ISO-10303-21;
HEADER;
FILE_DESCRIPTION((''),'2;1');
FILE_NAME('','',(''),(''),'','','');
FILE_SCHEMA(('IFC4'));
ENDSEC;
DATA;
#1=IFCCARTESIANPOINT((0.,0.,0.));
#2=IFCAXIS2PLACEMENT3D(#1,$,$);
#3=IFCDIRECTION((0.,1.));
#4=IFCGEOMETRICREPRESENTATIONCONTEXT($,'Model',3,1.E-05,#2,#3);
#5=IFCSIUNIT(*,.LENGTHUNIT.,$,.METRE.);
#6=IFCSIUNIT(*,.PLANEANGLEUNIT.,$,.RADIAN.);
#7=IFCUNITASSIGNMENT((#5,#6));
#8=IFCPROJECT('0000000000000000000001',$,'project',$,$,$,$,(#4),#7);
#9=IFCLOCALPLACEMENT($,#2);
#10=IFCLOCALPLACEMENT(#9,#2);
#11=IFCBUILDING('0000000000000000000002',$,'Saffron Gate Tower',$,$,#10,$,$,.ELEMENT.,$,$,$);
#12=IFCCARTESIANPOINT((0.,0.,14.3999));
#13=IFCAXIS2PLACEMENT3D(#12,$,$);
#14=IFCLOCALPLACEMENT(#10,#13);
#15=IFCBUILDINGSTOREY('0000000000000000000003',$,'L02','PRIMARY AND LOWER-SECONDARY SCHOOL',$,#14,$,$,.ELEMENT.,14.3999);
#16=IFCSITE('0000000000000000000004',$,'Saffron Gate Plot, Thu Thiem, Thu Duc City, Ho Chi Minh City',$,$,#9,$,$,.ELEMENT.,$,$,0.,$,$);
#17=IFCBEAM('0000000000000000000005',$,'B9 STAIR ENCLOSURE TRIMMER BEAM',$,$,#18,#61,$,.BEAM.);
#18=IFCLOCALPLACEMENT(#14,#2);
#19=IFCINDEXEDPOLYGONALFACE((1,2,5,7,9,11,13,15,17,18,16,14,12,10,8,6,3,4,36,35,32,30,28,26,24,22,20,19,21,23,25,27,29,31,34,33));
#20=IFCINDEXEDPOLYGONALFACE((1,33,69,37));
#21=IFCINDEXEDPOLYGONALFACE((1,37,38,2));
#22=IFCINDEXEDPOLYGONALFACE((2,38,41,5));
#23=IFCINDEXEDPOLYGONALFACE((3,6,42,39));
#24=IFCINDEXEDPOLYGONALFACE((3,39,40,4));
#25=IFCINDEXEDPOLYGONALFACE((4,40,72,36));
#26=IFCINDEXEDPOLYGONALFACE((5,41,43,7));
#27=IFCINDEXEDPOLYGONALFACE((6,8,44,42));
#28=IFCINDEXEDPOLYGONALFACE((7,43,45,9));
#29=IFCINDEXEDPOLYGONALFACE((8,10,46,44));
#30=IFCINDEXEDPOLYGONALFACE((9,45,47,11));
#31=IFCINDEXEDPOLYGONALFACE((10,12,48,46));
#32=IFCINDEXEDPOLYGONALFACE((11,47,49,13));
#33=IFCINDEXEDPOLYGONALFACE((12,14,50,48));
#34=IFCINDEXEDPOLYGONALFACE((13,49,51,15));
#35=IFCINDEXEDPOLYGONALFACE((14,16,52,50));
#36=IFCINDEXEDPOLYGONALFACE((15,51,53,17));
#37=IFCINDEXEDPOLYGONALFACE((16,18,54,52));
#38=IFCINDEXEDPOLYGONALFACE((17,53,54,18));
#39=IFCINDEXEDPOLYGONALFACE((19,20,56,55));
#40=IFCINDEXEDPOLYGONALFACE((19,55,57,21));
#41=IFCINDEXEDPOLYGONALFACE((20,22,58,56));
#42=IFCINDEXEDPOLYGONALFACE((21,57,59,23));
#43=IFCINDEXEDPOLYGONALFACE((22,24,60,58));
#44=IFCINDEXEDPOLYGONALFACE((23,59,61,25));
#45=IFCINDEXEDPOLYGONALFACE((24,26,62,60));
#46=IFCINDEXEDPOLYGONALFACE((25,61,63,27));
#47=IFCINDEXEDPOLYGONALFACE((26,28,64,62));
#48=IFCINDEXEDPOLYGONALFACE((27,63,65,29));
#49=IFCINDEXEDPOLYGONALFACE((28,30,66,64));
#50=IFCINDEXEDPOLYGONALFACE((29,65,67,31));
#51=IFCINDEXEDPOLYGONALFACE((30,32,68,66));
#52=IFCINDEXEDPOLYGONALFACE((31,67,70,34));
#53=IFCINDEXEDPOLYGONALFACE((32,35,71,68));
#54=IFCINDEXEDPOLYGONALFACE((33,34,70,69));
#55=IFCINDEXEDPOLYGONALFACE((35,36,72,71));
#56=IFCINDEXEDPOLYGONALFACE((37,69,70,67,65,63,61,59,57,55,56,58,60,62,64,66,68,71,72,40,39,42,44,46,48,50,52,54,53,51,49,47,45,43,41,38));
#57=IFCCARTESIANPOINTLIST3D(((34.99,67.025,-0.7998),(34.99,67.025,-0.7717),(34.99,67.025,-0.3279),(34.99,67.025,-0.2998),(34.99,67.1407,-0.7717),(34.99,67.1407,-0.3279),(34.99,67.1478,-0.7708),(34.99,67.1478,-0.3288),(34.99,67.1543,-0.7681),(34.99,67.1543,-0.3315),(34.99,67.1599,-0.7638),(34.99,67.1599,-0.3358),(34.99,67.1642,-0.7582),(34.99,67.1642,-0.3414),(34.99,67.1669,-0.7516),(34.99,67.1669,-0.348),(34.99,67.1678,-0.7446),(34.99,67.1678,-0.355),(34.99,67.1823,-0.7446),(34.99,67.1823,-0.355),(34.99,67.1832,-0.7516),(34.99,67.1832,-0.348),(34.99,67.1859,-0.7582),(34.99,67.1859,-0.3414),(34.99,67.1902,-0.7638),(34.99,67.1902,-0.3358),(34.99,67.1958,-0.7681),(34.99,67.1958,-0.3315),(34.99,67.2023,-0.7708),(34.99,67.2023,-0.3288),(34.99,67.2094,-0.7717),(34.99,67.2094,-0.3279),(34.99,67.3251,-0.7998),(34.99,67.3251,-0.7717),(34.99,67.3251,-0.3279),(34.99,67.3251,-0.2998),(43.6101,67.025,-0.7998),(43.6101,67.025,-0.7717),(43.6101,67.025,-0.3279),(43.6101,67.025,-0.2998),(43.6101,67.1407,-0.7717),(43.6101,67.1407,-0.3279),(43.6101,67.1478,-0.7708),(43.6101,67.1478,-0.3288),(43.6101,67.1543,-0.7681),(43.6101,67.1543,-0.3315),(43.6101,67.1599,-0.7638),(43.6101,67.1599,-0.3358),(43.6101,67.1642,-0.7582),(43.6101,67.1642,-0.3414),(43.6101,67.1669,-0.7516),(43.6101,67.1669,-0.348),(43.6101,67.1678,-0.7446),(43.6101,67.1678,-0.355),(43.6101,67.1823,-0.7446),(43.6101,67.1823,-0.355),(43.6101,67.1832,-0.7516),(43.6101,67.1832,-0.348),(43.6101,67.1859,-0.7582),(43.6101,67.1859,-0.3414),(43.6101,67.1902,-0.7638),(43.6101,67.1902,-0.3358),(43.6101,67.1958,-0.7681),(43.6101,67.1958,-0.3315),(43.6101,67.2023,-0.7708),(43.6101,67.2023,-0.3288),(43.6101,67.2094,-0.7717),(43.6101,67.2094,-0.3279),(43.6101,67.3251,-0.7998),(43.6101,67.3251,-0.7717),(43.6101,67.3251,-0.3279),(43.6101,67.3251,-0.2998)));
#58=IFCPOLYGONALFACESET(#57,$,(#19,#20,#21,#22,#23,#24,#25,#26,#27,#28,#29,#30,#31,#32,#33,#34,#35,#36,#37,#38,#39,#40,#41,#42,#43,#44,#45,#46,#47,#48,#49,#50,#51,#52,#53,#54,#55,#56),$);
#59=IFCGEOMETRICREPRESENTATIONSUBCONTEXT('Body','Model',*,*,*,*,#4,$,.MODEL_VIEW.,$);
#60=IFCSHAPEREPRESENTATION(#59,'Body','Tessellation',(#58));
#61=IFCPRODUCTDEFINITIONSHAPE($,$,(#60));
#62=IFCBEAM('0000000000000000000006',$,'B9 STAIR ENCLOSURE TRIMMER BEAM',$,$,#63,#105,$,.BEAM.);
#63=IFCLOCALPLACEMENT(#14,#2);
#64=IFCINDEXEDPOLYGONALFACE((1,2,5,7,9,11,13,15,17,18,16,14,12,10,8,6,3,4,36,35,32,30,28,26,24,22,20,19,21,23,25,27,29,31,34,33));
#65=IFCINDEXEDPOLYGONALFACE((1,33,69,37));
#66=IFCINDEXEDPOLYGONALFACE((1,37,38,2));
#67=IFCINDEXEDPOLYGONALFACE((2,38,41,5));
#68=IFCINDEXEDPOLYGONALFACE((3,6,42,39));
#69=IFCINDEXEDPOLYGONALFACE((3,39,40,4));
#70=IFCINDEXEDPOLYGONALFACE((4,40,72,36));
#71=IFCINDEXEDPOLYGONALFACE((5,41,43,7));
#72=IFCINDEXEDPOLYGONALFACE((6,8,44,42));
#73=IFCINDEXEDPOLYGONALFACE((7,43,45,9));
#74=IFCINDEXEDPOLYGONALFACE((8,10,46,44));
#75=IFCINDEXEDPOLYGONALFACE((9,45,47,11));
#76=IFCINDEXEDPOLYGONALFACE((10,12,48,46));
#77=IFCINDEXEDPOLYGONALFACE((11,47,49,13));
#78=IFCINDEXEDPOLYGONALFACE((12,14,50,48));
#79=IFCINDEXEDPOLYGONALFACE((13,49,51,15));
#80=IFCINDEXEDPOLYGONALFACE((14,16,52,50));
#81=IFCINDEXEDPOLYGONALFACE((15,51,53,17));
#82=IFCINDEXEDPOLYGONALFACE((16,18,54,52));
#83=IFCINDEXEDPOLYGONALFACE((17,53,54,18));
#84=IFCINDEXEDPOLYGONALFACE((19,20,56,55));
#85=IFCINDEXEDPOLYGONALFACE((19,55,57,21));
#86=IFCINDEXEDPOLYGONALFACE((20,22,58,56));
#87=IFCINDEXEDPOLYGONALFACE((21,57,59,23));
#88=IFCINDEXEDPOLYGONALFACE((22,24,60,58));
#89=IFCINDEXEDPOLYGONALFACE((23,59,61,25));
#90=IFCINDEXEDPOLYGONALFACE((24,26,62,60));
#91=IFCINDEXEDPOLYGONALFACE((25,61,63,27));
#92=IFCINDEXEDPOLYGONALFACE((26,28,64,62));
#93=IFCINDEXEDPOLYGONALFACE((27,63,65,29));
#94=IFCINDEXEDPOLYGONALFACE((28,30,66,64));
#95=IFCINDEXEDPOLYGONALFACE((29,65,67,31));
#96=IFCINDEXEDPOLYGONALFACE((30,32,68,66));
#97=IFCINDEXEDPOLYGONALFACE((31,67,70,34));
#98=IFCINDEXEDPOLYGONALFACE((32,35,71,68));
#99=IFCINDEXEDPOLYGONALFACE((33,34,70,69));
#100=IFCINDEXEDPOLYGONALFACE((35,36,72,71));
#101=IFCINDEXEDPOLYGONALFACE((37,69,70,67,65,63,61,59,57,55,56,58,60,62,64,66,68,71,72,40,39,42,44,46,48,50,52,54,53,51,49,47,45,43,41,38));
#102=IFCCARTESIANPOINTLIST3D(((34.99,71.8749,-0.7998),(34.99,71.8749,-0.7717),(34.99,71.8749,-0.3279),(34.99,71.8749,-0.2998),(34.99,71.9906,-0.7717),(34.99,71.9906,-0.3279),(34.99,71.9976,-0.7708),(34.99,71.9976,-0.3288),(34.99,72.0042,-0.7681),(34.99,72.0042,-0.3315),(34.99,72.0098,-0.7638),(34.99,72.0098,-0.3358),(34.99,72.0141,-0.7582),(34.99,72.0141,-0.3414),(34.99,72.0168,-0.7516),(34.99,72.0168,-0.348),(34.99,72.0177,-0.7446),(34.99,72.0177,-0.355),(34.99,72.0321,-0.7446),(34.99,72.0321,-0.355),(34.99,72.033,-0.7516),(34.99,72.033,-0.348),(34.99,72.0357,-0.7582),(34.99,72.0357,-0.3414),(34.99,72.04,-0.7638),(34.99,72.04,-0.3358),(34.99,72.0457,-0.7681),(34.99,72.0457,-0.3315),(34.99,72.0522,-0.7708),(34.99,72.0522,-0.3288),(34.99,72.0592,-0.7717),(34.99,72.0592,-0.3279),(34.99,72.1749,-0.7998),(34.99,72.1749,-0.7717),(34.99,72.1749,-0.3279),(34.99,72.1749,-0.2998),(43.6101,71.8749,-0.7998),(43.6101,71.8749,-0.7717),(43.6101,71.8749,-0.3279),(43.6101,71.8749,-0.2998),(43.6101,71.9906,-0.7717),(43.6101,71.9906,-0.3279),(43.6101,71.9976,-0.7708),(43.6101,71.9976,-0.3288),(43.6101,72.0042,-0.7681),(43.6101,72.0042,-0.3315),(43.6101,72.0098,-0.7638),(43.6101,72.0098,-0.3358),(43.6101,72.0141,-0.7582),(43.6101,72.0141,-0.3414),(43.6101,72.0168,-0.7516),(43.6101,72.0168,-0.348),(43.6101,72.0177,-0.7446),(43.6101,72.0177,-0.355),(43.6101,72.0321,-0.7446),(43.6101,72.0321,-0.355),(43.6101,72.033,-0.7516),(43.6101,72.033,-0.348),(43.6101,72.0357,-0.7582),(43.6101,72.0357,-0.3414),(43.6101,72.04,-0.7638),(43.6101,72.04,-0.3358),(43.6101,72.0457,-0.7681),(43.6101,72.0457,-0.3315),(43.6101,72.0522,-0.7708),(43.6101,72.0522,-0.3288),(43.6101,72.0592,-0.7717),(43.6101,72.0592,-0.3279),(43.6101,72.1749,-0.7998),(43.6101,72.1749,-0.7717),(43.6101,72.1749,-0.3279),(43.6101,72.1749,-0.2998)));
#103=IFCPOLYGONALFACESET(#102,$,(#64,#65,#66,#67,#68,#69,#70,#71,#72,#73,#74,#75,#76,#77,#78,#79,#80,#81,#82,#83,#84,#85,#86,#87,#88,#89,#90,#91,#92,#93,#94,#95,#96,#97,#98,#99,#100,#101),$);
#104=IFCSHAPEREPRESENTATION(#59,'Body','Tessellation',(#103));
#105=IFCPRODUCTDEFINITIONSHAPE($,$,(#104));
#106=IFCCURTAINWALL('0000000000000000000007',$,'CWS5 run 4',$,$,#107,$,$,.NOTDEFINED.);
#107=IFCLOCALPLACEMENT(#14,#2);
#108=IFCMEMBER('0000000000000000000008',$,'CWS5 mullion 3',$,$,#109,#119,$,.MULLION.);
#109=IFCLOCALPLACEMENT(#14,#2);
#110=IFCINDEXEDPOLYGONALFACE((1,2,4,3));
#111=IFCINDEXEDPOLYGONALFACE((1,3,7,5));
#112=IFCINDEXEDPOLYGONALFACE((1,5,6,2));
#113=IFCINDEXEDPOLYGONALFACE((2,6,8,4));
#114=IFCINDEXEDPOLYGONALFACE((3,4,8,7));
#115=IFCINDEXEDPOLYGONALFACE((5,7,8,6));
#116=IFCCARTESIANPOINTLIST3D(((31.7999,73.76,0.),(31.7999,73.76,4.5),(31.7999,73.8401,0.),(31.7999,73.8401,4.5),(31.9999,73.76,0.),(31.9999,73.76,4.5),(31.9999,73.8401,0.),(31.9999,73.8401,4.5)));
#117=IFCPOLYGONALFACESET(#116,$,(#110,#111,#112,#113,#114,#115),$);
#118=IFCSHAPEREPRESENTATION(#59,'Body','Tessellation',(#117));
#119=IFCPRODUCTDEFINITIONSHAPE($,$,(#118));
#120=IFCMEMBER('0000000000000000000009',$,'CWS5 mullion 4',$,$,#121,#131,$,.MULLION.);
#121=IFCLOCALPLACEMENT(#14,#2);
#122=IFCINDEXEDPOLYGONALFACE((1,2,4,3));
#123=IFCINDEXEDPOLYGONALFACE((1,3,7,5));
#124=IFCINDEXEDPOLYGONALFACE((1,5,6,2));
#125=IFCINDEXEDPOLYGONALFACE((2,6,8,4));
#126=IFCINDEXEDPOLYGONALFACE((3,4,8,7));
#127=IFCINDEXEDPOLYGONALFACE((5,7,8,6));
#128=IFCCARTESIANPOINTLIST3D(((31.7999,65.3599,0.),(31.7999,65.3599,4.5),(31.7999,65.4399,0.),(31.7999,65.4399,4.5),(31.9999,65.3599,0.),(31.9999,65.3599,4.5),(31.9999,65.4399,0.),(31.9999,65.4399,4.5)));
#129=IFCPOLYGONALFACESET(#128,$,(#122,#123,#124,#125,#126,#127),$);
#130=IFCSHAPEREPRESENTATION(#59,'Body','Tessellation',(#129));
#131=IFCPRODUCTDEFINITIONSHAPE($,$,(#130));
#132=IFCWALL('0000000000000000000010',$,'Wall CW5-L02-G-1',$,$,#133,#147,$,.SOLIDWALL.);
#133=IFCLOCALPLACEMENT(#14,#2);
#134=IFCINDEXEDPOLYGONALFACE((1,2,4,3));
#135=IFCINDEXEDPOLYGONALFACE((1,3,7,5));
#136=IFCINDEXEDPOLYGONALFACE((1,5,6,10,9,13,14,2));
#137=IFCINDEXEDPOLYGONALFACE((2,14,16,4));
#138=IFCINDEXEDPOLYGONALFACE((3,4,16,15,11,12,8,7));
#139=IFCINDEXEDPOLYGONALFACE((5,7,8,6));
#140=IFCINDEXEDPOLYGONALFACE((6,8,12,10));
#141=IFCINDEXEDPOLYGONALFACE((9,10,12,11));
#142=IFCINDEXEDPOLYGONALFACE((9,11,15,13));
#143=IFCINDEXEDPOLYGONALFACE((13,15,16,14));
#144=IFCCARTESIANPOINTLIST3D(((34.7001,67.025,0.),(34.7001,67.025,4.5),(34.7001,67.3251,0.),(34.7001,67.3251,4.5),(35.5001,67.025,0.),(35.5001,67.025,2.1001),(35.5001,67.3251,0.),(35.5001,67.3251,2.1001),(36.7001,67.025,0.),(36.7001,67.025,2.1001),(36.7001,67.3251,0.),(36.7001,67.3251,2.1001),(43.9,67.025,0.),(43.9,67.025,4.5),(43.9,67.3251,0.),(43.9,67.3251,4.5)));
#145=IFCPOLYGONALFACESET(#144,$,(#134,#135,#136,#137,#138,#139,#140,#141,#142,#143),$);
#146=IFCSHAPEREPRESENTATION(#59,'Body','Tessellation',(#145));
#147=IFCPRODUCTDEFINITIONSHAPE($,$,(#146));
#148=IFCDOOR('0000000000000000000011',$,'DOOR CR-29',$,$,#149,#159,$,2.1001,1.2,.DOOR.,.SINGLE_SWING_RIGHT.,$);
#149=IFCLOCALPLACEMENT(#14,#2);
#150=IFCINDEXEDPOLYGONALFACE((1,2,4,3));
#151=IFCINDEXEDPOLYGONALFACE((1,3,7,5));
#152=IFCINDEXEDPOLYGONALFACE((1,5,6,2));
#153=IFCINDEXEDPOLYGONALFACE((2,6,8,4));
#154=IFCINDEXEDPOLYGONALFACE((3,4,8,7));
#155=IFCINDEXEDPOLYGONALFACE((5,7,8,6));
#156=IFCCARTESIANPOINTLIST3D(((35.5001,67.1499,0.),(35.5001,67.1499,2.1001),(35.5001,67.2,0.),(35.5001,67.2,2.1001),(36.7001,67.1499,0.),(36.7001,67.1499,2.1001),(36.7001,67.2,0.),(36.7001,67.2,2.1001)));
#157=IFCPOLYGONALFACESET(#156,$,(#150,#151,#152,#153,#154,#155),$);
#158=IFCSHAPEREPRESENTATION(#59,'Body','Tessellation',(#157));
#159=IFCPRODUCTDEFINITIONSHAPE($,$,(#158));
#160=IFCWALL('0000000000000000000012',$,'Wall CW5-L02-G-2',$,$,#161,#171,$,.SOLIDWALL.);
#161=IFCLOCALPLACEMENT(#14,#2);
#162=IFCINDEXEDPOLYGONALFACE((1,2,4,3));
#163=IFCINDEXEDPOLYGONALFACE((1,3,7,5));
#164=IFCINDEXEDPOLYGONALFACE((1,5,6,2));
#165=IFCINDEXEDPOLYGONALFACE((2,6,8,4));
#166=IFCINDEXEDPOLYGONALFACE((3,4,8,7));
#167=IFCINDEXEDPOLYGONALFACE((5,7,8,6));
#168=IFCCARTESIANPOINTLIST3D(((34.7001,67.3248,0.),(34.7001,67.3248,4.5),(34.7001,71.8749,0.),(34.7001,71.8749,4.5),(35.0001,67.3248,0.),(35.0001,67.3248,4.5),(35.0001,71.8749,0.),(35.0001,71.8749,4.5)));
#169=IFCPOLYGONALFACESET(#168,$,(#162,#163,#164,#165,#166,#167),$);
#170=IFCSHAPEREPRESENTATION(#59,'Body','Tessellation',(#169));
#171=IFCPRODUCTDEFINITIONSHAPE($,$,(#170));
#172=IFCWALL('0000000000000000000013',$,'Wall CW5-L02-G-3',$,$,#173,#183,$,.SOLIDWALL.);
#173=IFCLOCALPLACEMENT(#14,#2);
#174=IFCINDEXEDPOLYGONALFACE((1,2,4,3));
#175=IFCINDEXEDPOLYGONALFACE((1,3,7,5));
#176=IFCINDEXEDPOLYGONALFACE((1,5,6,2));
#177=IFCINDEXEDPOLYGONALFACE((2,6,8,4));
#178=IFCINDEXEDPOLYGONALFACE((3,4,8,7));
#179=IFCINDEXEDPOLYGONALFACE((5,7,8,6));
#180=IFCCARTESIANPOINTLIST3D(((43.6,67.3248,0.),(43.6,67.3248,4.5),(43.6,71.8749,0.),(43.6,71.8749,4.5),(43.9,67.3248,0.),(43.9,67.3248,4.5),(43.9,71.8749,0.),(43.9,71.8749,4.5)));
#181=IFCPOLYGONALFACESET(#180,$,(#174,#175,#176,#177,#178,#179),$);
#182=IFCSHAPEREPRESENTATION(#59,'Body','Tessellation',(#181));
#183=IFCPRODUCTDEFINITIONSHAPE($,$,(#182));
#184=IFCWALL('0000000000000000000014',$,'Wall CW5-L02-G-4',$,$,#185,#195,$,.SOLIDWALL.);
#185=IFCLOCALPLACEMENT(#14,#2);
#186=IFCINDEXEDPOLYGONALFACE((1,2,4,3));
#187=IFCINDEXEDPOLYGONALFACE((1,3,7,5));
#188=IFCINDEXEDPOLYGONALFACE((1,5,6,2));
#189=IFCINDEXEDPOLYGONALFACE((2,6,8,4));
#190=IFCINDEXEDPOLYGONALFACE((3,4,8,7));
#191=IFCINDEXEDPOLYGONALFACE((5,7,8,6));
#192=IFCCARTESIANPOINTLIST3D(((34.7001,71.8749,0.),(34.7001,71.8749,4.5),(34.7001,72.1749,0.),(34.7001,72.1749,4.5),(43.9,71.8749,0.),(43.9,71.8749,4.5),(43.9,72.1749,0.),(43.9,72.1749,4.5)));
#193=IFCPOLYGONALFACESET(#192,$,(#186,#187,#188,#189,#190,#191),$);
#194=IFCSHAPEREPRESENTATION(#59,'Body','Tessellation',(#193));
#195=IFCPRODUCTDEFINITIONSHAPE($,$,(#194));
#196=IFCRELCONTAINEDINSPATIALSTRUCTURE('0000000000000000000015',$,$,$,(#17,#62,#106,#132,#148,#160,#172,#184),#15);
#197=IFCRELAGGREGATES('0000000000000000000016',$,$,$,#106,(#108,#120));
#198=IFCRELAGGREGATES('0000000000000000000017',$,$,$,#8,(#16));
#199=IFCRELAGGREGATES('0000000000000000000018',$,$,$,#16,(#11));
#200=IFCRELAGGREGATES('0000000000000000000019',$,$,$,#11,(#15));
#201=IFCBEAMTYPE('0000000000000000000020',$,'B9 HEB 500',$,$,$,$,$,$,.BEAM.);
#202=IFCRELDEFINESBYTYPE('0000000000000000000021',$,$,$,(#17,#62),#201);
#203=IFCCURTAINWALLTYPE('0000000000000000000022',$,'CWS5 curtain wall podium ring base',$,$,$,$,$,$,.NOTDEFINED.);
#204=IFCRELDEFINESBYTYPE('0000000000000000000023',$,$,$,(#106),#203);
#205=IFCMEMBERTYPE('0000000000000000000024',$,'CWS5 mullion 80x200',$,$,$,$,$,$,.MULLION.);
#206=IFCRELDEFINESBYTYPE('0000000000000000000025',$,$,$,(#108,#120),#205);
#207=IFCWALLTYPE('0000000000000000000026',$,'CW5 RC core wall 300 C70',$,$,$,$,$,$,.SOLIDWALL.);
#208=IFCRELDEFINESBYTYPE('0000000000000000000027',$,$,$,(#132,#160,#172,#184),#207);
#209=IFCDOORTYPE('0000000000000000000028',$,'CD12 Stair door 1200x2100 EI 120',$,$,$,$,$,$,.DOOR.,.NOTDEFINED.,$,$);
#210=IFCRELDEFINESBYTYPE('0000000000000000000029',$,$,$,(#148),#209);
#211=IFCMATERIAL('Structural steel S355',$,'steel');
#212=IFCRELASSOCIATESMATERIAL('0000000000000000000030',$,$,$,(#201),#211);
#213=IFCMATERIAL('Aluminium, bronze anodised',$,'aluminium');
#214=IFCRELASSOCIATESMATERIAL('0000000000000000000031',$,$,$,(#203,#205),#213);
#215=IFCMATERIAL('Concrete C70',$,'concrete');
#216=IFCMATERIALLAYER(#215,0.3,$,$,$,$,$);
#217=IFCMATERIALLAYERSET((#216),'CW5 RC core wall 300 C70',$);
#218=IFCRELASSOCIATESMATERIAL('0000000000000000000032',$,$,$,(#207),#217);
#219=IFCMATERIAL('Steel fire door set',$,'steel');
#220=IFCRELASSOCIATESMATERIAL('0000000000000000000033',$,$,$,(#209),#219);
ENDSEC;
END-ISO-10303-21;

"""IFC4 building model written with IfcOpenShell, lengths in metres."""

from ifc_helpers import new_model, si_unit, direction, frame, frame_2d, origin, origin_2d, place, context, subcontext, project, spatial, rectangle, i_section, extrude, material, layer, layer_set, material_profile, profile_set, type_object, element, fill, aggregate, save


model = new_model("IFC4")

# Units and contexts
model_context = context("Model", 3, precision=1e-05, world=origin(), true_north=direction((0.0, 1.0)))
body_context = subcontext(model_context, "Body", "Model", "MODEL_VIEW")
ifc_project = project(units=[si_unit("LENGTHUNIT", "METRE"), si_unit("PLANEANGLEUNIT", "RADIAN")], contexts=[model_context])

# Site, building, storey
site_placement = place(None, origin())
site = spatial("IfcSite", under=ifc_project, at=site_placement, Name="Saffron Gate Plot, Thu Thiem, Thu Duc City, Ho Chi Minh City", CompositionType="ELEMENT", RefElevation=0.0)
building_placement = place(site_placement, origin())
building = spatial("IfcBuilding", under=site, at=building_placement, Name="Saffron Gate Tower", CompositionType="ELEMENT")
storey_placement = place(building_placement, frame((0.0, 0.0, 14.3999)))
storey = spatial("IfcBuildingStorey", under=building, at=storey_placement, Name="L02", Description="PRIMARY AND LOWER-SECONDARY SCHOOL", CompositionType="ELEMENT", Elevation=14.3999)

# Beams
ifc_material_1 = material(Name="Structural steel S355", Category="steel")
ifc_material_profile_1 = material_profile(ifc_material_1, i_section(OverallWidth=0.3, OverallDepth=0.5, WebThickness=0.0144, FlangeThickness=0.0281, FilletRadius=0.0271, at=origin_2d()))
ifc_profile_set_1 = profile_set([ifc_material_profile_1], Name="Structural steel S355")
beam_type_1 = type_object("IfcBeamType", Name="B9 HEB 500", PredefinedType="BEAM", material=ifc_profile_set_1)
for number, where, z_axis, x_axis, name in (
    (1, (34.99, 67.175, -0.5498), (1.0, 0.0, 0.0), (0.0, 1.0, 0.0), "B9 STAIR ENCLOSURE TRIMMER BEAM"),
    (2, (34.99, 72.0249, -0.5498), (1.0, 0.0, 0.0), (0.0, 1.0, 0.0), "B9 STAIR ENCLOSURE TRIMMER BEAM"),
):
    element("IfcBeam", number, at=place(storey_placement, frame(where, z_axis=z_axis, x_axis=x_axis)), inside=storey, type_object=beam_type_1, Name=name, PredefinedType="BEAM", context=body_context, shape_type="SweptSolid", body=[
        extrude(i_section(OverallWidth=0.3, OverallDepth=0.5, WebThickness=0.0144, FlangeThickness=0.0281, FilletRadius=0.0271, at=origin_2d()), origin(), (0.0, 0.0, 1.0), 8.6201),
    ])

# Curtain wall, members
ifc_material_2 = material(Name="Aluminium, bronze anodised", Category="aluminium")
curtain_wall_type = type_object("IfcCurtainWallType", Name="CWS5 curtain wall podium ring base", PredefinedType="NOTDEFINED", material=ifc_material_2)
curtain_wall_placement = place(storey_placement, origin())
curtain_wall = element("IfcCurtainWall", 3, at=curtain_wall_placement, inside=storey, type_object=curtain_wall_type, Name="CWS5 run 4", PredefinedType="NOTDEFINED")
ifc_material_profile_2 = material_profile(ifc_material_2, rectangle(XDim=0.2, YDim=0.0801, at=origin_2d()))
ifc_profile_set_2 = profile_set([ifc_material_profile_2], Name="Aluminium, bronze anodised")
member_type = type_object("IfcMemberType", Name="CWS5 mullion 80x200", PredefinedType="MULLION", material=ifc_profile_set_2)
member_1_placement = place(storey_placement, frame((31.8999, 73.8, 0.0), z_axis=(0.0, 0.0, 1.0), x_axis=(1.0, 0.0, 0.0)))
member_1 = element("IfcMember", 4, at=member_1_placement, type_object=member_type, Name="CWS5 mullion 3", PredefinedType="MULLION", context=body_context, shape_type="SweptSolid", body=[
    extrude(rectangle(XDim=0.2, YDim=0.0801, at=origin_2d()), origin(), (0.0, 0.0, 1.0), 4.5),
])
member_2_placement = place(storey_placement, frame((31.8999, 65.3999, 0.0), z_axis=(0.0, 0.0, 1.0), x_axis=(1.0, 0.0, 0.0)))
member_2 = element("IfcMember", 5, at=member_2_placement, type_object=member_type, Name="CWS5 mullion 4", PredefinedType="MULLION", context=body_context, shape_type="SweptSolid", body=[
    extrude(rectangle(XDim=0.2, YDim=0.0801, at=origin_2d()), origin(), (0.0, 0.0, 1.0), 4.5),
])
aggregate(curtain_wall, [member_1, member_2])

# Wall, opening, door
ifc_material_3 = material(Name="Concrete C70", Category="concrete")
ifc_layer_1 = layer(ifc_material_3, 0.3)
ifc_layer_set_1 = layer_set([ifc_layer_1], Name="CW5 RC core wall 300 C70")
wall_type_1 = type_object("IfcWallType", Name="CW5 RC core wall 300 C70", PredefinedType="SOLIDWALL", material=ifc_layer_set_1)
wall_1_placement = place(storey_placement, frame((34.7, 67.175, 0.0), z_axis=(0.0, 0.0, 1.0), x_axis=(1.0, 0.0, 0.0)))
wall_1 = element("IfcWall", 6, at=wall_1_placement, inside=storey, type_object=wall_type_1, Name="Wall CW5-L02-G-1", PredefinedType="SOLIDWALL", context=body_context, shape_type="SweptSolid", body=[
    extrude(rectangle(XDim=9.2, YDim=0.3, at=frame_2d((4.6001, 0.0))), origin(), (0.0, 0.0, 1.0), 4.5),
])
opening_1_placement = place(wall_1_placement, frame((0.8, 0.0, 0.0)))
opening_1 = element("IfcOpeningElement", 7, at=opening_1_placement, cuts=wall_1, PredefinedType="OPENING", context=body_context, shape_type="SweptSolid", body=[
    extrude(rectangle(XDim=1.2, YDim=2.1001, at=frame_2d((0.6001, 1.05))), frame((0.0, 0.1602, 0.0), z_axis=(0.0, -1.0, 0.0), x_axis=(1.0, 0.0, 0.0)), (0.0, 0.0, 1.0), 0.3201),
])
ifc_material_4 = material(Name="Steel fire door set", Category="steel")
door_type_1 = type_object("IfcDoorType", Name="CD12 Stair door 1200x2100 EI 120", OperationType="NOTDEFINED", PredefinedType="DOOR", material=ifc_material_4)
door_1_placement = place(opening_1_placement, origin())
door_1 = element("IfcDoor", 8, at=door_1_placement, inside=storey, type_object=door_type_1, Name="DOOR CR-29", OperationType="SINGLE_SWING_RIGHT", OverallHeight=2.1001, OverallWidth=1.2, PredefinedType="DOOR", context=body_context, shape_type="SweptSolid", body=[
    extrude(rectangle(XDim=1.2, YDim=2.1001, at=frame_2d((0.6001, 1.05))), frame((0.0, 0.0249, 0.0), z_axis=(0.0, -1.0, 0.0), x_axis=(1.0, 0.0, 0.0)), (0.0, 0.0, 1.0), 0.05),
])
fill(opening_1, door_1)

# Walls
for number, where, z_axis, x_axis, name in (
    (9, (34.8501, 67.325, 0.0), (0.0, 0.0, 1.0), (0.0, 1.0, 0.0), "Wall CW5-L02-G-2"),
    (10, (43.75, 67.325, 0.0), (0.0, 0.0, 1.0), (0.0, 1.0, 0.0), "Wall CW5-L02-G-3"),
):
    element("IfcWall", number, at=place(storey_placement, frame(where, z_axis=z_axis, x_axis=x_axis)), inside=storey, type_object=wall_type_1, Name=name, PredefinedType="SOLIDWALL", context=body_context, shape_type="SweptSolid", body=[
        extrude(rectangle(XDim=4.55, YDim=0.3, at=frame_2d((2.2749, 0.0))), origin(), (0.0, 0.0, 1.0), 4.5),
    ])
wall_2_placement = place(storey_placement, frame((34.7, 72.0249, 0.0), z_axis=(0.0, 0.0, 1.0), x_axis=(1.0, 0.0, 0.0)))
element("IfcWall", 11, at=wall_2_placement, inside=storey, type_object=wall_type_1, Name="Wall CW5-L02-G-4", PredefinedType="SOLIDWALL", context=body_context, shape_type="SweptSolid", body=[
    extrude(rectangle(XDim=9.2, YDim=0.3, at=frame_2d((4.6001, 0.0))), origin(), (0.0, 0.0, 1.0), 4.5),
])

save(model, "model.ifc")
